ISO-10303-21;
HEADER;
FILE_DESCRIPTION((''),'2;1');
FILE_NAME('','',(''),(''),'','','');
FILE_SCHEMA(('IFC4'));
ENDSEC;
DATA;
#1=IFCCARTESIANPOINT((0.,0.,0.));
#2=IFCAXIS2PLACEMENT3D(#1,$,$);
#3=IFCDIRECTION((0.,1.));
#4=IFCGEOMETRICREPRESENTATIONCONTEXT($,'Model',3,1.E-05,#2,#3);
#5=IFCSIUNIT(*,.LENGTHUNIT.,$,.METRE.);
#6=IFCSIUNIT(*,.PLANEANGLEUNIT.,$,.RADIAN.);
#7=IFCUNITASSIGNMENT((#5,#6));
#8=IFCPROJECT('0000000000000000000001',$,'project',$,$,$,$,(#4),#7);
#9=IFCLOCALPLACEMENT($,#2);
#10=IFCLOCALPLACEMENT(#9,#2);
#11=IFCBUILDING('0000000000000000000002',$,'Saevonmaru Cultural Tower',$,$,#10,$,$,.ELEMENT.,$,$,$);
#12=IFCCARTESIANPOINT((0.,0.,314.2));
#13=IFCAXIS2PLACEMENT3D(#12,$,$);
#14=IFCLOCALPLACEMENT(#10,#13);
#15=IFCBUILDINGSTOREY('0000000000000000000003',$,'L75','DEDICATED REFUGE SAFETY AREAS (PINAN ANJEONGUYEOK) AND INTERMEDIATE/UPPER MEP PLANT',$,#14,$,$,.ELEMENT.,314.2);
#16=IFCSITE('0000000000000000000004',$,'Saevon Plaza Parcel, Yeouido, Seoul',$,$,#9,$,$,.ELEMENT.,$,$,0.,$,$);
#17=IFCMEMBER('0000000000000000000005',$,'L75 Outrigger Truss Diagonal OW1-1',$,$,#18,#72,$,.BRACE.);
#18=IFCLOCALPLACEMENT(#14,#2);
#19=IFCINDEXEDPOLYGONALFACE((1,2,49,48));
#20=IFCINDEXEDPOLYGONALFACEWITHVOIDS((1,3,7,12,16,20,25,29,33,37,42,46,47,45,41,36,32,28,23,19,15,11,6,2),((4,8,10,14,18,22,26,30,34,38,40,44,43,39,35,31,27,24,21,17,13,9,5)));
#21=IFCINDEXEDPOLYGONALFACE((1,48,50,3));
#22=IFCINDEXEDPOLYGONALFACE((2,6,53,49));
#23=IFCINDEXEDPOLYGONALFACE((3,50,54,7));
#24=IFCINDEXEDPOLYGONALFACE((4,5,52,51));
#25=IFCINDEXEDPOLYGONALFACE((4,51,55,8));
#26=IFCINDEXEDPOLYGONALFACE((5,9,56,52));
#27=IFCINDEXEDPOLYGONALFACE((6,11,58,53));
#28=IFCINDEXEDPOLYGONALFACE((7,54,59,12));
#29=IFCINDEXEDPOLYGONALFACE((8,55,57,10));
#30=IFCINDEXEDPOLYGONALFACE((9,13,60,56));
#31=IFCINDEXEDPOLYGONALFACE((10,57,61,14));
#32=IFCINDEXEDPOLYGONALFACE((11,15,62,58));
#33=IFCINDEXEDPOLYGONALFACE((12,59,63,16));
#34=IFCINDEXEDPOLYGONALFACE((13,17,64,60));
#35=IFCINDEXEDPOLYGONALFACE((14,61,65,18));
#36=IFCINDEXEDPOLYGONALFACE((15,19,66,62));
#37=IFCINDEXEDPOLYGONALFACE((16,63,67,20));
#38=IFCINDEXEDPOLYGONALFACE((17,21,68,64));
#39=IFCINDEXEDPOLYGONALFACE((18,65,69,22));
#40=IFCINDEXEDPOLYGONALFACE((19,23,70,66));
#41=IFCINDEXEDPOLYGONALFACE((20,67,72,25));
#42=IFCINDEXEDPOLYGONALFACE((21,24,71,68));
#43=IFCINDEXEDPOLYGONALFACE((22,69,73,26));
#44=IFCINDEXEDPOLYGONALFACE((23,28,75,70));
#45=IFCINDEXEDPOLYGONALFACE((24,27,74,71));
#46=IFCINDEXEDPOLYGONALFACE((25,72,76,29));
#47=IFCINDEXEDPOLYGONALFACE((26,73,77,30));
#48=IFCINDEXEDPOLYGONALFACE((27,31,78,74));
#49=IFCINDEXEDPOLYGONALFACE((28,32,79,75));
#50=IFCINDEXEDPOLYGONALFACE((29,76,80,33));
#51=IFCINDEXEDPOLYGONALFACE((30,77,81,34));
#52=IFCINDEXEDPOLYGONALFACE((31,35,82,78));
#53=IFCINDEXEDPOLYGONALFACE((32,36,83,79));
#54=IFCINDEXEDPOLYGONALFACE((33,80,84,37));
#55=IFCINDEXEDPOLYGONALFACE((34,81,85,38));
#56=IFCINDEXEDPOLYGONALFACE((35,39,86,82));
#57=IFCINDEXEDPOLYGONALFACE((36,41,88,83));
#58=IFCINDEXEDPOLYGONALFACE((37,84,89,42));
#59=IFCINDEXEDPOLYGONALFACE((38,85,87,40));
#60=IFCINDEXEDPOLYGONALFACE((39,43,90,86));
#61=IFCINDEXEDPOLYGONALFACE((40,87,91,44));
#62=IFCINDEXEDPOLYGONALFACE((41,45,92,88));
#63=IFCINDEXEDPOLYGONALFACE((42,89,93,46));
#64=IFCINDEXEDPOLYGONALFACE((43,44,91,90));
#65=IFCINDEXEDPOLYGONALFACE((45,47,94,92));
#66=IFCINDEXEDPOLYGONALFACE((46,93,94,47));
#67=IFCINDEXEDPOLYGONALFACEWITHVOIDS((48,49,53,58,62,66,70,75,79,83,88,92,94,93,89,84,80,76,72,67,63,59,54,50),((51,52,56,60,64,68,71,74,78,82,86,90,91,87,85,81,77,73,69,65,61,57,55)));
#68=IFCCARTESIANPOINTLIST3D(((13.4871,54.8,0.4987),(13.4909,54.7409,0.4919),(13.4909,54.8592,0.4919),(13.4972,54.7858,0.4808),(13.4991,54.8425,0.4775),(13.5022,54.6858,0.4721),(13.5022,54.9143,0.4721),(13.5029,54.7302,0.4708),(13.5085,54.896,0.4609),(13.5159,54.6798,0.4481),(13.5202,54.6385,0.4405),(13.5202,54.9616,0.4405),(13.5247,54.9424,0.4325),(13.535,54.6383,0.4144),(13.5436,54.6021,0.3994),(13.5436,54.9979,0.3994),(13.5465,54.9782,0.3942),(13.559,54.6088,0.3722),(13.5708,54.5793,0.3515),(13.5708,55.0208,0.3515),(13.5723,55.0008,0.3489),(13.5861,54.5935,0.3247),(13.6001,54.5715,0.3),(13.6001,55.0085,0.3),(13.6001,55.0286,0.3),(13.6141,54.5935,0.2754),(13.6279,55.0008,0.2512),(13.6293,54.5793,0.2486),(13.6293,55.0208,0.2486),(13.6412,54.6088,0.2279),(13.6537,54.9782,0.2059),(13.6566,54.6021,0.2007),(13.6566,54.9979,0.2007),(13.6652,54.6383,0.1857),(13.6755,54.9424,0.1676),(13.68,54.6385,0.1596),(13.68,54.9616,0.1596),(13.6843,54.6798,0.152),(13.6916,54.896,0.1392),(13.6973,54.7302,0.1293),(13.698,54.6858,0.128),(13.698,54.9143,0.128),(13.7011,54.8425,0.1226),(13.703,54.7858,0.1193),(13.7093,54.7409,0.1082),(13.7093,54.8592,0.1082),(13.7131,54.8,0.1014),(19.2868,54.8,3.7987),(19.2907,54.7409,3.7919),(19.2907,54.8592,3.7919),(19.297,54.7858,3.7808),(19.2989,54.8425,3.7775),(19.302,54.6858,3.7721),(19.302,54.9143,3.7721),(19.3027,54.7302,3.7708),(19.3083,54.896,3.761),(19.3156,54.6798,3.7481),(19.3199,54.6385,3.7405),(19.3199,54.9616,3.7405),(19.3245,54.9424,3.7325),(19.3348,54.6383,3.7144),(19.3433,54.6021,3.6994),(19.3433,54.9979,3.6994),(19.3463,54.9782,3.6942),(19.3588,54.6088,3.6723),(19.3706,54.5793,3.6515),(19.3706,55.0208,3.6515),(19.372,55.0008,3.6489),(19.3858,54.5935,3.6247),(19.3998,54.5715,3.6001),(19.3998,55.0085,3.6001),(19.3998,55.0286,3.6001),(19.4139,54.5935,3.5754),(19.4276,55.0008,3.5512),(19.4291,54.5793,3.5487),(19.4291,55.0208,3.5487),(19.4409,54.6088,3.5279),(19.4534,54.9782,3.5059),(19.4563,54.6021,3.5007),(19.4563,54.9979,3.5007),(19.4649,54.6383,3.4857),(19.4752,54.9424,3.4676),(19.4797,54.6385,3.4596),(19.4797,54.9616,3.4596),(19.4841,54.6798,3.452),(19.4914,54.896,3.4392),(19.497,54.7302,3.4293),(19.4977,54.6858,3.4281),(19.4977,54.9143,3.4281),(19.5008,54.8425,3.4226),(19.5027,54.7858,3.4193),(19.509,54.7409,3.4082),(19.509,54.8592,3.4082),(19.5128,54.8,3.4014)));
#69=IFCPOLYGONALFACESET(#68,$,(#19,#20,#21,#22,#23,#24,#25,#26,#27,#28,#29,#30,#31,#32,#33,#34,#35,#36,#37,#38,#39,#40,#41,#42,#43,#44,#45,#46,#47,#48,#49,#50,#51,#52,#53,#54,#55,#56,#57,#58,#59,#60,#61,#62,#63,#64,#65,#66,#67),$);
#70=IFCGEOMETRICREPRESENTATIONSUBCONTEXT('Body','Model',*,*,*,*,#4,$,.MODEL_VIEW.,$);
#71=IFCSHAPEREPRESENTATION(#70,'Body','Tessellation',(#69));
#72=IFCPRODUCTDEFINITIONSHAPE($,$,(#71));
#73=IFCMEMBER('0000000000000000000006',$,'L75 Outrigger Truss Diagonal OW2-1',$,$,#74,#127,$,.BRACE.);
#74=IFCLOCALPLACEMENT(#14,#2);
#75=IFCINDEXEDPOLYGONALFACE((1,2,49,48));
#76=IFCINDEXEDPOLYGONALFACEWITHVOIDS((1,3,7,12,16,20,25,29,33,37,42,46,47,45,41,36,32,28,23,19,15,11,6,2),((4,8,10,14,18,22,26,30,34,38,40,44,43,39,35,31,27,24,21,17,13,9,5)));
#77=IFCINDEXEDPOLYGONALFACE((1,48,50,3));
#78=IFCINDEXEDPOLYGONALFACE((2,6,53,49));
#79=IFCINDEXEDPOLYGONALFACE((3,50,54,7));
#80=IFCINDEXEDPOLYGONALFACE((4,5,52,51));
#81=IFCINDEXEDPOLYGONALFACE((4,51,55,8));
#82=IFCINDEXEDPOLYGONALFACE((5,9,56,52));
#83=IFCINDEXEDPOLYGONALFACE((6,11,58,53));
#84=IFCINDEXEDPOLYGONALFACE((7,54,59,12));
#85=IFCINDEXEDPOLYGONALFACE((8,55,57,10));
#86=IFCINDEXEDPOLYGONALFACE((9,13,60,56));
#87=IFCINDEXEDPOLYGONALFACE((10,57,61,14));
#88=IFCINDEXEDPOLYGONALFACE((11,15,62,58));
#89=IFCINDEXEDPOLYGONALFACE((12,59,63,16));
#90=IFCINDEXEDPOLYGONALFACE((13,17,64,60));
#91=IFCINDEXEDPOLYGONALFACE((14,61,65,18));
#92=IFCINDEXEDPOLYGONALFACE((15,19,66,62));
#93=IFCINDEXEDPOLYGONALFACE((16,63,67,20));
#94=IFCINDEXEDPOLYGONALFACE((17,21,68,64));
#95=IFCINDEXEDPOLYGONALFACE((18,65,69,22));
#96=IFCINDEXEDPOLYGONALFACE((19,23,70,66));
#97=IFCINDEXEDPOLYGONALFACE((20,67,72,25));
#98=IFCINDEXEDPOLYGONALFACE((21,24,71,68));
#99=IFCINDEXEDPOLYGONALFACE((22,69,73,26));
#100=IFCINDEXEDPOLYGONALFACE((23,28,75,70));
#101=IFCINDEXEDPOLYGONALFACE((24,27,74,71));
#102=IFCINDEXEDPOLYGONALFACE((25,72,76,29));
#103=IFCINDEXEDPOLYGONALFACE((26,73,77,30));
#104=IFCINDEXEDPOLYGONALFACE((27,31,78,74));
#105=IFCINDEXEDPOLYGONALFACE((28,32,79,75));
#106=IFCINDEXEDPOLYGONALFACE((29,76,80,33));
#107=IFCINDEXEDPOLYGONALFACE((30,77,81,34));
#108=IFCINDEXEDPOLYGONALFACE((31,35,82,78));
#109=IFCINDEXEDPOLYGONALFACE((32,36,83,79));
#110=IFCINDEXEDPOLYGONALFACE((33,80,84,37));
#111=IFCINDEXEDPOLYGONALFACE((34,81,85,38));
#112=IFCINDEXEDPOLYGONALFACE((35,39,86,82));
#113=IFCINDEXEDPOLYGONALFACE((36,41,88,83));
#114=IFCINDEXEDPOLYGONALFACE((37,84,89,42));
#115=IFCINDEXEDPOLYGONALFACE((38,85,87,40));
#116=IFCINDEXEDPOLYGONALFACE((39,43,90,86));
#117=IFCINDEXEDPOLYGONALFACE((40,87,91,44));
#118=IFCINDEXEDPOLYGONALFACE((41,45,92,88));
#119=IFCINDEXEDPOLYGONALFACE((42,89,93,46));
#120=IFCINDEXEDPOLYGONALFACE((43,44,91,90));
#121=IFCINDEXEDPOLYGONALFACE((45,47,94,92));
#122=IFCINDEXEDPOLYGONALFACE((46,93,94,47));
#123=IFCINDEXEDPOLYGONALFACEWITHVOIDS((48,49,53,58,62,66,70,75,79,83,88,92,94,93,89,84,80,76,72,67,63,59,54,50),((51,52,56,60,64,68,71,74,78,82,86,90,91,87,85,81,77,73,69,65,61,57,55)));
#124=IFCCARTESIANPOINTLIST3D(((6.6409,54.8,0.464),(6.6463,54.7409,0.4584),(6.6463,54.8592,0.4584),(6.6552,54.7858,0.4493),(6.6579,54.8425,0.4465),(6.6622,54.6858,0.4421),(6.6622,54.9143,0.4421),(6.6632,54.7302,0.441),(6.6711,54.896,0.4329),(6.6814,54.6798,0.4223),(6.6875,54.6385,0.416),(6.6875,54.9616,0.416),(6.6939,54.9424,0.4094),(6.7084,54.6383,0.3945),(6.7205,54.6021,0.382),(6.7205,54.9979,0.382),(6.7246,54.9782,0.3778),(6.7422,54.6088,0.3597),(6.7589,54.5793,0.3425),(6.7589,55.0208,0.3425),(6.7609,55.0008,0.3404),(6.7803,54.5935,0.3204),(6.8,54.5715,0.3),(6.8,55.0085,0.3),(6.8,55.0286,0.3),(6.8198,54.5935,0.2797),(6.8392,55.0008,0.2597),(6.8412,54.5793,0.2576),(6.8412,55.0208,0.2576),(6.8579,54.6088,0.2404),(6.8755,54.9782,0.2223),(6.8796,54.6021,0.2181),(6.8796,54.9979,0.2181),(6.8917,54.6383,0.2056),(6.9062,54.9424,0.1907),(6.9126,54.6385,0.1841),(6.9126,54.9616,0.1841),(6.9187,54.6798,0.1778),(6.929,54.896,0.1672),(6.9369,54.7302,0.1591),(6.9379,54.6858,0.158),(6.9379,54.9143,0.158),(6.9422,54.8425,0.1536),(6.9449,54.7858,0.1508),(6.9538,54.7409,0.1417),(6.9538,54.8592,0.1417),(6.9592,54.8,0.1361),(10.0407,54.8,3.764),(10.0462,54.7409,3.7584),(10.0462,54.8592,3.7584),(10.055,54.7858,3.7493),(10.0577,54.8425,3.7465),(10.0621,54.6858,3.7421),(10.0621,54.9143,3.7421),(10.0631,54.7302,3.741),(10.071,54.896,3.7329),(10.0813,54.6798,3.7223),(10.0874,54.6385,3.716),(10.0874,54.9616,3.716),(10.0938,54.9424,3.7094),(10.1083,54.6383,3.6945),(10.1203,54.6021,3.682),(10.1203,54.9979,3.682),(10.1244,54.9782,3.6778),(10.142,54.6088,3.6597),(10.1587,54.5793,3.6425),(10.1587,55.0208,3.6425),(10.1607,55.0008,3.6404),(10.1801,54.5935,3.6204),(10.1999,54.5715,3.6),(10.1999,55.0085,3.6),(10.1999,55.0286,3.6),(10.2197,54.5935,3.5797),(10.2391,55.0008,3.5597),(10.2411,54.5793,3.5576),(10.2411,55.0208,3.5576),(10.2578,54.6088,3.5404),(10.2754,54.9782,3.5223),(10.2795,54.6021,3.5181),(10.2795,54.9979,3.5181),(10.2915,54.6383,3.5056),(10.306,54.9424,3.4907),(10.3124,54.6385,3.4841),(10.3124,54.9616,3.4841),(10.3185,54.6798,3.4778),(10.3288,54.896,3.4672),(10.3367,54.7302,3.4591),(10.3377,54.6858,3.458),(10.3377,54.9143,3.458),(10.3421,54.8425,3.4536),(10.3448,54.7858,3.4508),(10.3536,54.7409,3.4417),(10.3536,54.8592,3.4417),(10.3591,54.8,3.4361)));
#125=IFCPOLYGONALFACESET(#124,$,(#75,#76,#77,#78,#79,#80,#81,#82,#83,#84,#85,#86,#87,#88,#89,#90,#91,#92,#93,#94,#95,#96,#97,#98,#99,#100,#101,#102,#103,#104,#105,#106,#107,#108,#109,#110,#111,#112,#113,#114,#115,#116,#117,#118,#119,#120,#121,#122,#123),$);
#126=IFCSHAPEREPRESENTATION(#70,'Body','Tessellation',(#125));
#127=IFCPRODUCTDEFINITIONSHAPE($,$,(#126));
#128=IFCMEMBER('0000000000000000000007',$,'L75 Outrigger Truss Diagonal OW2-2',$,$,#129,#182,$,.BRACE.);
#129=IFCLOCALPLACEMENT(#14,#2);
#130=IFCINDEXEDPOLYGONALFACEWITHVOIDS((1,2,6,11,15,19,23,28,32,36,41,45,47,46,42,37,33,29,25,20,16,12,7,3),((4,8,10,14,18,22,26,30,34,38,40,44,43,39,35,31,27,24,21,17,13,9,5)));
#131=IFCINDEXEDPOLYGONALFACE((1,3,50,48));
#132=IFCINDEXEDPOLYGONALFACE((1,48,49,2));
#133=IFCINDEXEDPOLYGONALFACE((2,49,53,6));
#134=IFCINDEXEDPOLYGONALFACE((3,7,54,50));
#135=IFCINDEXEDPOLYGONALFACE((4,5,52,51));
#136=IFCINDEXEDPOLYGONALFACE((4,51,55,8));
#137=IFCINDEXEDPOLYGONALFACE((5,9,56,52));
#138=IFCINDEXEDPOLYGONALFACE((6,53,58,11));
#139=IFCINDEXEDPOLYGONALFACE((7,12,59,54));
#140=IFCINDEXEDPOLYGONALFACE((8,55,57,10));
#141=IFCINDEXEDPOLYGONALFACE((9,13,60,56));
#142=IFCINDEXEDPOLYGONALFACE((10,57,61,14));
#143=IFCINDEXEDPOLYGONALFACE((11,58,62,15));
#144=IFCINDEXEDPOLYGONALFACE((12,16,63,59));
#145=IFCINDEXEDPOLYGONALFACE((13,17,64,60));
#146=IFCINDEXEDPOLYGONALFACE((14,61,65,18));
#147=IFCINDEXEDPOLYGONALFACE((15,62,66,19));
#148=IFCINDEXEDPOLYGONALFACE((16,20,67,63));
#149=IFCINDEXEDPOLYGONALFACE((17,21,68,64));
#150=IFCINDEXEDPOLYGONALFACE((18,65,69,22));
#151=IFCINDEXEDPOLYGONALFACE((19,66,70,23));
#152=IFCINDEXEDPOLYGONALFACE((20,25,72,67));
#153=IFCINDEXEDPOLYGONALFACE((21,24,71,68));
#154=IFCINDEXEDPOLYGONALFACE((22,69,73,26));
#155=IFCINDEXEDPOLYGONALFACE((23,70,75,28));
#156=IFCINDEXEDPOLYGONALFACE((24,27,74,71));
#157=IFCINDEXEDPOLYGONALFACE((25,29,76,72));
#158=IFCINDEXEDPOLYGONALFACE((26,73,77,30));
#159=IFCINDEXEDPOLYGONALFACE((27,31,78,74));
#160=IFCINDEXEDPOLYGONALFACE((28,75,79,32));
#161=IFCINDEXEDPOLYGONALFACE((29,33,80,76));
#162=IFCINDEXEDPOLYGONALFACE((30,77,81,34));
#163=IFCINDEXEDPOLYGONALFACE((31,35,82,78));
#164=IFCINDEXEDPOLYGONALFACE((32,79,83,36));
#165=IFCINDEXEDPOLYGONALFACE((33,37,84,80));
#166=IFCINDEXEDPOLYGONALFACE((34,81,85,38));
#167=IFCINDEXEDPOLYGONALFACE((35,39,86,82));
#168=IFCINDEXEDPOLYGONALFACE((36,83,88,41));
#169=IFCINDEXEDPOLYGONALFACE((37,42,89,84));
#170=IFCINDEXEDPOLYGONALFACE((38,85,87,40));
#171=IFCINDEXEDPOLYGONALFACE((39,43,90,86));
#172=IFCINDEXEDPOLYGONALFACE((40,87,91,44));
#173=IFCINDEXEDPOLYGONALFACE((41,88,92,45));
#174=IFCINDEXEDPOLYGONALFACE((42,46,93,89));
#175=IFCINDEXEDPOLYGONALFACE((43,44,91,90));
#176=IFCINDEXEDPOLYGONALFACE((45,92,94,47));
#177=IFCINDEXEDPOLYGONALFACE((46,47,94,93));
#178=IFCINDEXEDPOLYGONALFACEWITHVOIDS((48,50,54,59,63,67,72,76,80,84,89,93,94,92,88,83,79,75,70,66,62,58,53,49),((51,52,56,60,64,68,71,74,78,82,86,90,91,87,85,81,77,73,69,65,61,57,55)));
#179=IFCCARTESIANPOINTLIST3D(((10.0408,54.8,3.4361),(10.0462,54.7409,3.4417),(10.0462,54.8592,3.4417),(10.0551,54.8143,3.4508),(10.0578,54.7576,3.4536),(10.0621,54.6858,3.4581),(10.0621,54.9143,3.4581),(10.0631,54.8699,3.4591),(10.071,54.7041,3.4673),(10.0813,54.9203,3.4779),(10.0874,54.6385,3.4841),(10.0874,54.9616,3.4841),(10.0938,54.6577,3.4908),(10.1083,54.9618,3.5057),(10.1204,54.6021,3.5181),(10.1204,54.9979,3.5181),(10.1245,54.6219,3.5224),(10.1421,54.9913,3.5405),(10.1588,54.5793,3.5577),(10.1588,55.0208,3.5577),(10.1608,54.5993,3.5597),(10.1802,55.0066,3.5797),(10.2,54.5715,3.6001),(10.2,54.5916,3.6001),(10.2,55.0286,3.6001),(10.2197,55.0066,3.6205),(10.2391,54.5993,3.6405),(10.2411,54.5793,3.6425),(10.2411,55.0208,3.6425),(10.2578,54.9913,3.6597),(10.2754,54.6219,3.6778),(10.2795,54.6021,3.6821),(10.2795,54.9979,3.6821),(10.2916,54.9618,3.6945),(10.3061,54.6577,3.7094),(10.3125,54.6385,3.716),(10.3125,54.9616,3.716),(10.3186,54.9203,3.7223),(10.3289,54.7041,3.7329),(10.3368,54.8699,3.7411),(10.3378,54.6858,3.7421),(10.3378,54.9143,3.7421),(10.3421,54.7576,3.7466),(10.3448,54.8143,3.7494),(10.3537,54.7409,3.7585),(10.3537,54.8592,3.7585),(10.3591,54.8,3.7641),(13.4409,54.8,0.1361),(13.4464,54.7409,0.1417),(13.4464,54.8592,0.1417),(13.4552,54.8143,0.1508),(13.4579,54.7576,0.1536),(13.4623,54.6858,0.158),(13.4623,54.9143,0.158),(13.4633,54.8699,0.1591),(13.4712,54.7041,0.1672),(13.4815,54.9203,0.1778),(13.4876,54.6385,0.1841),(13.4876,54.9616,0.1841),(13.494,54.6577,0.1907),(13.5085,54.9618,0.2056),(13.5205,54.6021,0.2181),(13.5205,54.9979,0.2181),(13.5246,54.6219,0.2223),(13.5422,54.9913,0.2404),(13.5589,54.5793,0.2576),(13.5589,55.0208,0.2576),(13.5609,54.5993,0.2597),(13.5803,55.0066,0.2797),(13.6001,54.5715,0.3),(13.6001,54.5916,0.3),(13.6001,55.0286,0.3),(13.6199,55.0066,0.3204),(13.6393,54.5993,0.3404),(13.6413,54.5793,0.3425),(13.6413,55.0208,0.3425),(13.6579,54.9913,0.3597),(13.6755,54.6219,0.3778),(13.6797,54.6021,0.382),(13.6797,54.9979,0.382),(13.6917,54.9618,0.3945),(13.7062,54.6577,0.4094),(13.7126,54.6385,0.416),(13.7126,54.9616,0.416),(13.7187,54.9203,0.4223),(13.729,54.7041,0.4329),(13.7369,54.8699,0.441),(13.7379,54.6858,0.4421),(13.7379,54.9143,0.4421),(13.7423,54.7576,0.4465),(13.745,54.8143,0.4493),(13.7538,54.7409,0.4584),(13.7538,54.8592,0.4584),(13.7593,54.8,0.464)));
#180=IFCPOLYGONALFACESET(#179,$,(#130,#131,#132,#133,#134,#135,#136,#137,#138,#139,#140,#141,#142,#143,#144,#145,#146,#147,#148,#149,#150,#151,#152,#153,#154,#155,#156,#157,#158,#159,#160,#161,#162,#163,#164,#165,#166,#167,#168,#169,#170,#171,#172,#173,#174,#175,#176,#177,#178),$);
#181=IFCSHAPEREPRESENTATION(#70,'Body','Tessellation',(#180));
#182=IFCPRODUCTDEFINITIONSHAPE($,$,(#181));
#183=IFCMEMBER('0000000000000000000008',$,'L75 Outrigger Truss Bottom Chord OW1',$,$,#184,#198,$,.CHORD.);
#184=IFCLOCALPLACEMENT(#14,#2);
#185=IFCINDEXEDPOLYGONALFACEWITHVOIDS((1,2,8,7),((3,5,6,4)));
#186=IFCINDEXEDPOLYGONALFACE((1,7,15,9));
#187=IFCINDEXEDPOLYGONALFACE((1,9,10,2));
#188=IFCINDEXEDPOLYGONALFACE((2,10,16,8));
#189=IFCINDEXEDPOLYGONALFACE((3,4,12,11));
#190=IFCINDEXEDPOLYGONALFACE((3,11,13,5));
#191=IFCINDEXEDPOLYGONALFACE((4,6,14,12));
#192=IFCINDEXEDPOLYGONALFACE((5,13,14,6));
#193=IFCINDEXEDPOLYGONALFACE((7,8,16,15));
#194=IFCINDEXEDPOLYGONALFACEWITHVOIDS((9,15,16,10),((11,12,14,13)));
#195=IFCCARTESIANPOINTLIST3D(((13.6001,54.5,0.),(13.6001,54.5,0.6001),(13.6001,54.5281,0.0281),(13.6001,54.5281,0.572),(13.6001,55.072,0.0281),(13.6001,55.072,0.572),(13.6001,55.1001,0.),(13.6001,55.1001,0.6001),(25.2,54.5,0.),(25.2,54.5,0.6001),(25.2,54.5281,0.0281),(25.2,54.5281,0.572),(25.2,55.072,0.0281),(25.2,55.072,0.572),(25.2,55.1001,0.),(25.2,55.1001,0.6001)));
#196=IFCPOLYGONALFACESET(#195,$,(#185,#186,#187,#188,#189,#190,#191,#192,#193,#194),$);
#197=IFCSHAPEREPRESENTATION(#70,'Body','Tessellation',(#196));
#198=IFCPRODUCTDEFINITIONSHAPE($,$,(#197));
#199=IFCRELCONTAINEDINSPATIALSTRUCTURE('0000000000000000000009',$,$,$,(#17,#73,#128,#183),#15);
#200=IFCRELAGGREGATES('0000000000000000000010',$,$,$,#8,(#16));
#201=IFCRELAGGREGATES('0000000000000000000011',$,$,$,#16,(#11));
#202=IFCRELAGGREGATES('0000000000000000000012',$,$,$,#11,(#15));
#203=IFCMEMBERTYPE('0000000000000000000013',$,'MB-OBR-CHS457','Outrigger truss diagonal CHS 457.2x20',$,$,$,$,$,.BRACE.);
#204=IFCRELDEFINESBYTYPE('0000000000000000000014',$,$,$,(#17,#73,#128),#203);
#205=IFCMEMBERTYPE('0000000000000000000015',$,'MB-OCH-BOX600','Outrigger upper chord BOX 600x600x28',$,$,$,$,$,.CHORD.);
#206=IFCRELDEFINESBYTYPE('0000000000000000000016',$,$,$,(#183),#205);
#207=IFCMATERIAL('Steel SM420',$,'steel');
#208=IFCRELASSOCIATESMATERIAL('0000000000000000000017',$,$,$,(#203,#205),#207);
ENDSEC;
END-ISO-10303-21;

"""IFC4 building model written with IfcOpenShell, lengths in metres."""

from ifc_helpers import new_model, si_unit, direction, frame, origin, origin_2d, place, context, subcontext, project, spatial, hollow_rectangle, hollow_circle, extrude, material, material_profile, profile_set, type_object, element, save


model = new_model("IFC4")

# Units and contexts
model_context = context("Model", 3, precision=1e-05, world=origin(), true_north=direction((0.0, 1.0)))
body_context = subcontext(model_context, "Body", "Model", "MODEL_VIEW")
ifc_project = project(units=[si_unit("LENGTHUNIT", "METRE"), si_unit("PLANEANGLEUNIT", "RADIAN")], contexts=[model_context])

# Site, building, storey
site_placement = place(None, origin())
site = spatial("IfcSite", under=ifc_project, at=site_placement, Name="Saevon Plaza Parcel, Yeouido, Seoul", CompositionType="ELEMENT", RefElevation=0.0)
building_placement = place(site_placement, origin())
building = spatial("IfcBuilding", under=site, at=building_placement, Name="Saevonmaru Cultural Tower", CompositionType="ELEMENT")
storey_placement = place(building_placement, frame((0.0, 0.0, 314.2)))
storey = spatial("IfcBuildingStorey", under=building, at=storey_placement, Name="L75", Description="DEDICATED REFUGE SAFETY AREAS (PINAN ANJEONGUYEOK) AND INTERMEDIATE/UPPER MEP PLANT", CompositionType="ELEMENT", Elevation=314.2)

# Members
ifc_material_1 = material(Name="Steel SM420", Category="steel")
ifc_material_profile_1 = material_profile(ifc_material_1, hollow_circle(Radius=0.2285, WallThickness=0.02, at=origin_2d()), Name="CHS-457.2x20")
ifc_profile_set_1 = profile_set([ifc_material_profile_1], Name="Steel SM420")
member_type_1 = type_object("IfcMemberType", Name="MB-OBR-CHS457", Description="Outrigger truss diagonal CHS 457.2x20", PredefinedType="BRACE", material=ifc_profile_set_1)
member_1_placement = place(storey_placement, frame((13.6001, 54.8, 0.3), z_axis=(0.869154, 0.0, 0.494542), x_axis=(0.0, 1.0, 0.0)))
element("IfcMember", 1, at=member_1_placement, inside=storey, type_object=member_type_1, Name="L75 Outrigger Truss Diagonal OW1-1", PredefinedType="BRACE", context=body_context, shape_type="SweptSolid", body=[
    extrude(hollow_circle(Radius=0.2285, WallThickness=0.02, at=origin_2d()), origin(), (0.0, 0.0, 1.0), 6.6729),
])
member_2_placement = place(storey_placement, frame((6.8, 54.8, 0.3), z_axis=(0.717566, 0.0, 0.696491), x_axis=(0.0, 1.0, 0.0)))
element("IfcMember", 2, at=member_2_placement, inside=storey, type_object=member_type_1, Name="L75 Outrigger Truss Diagonal OW2-1", PredefinedType="BRACE", context=body_context, shape_type="SweptSolid", body=[
    extrude(hollow_circle(Radius=0.2285, WallThickness=0.02, at=origin_2d()), origin(), (0.0, 0.0, 1.0), 4.738),
])
member_3_placement = place(storey_placement, frame((13.6001, 54.8, 0.3), z_axis=(-0.717591, 0.0, 0.696465), x_axis=(0.0, -1.0, 0.0)))
element("IfcMember", 3, at=member_3_placement, inside=storey, type_object=member_type_1, Name="L75 Outrigger Truss Diagonal OW2-2", PredefinedType="BRACE", context=body_context, shape_type="SweptSolid", body=[
    extrude(hollow_circle(Radius=0.2285, WallThickness=0.02, at=origin_2d()), origin(), (0.0, 0.0, 1.0), 4.7383),
])
ifc_material_profile_2 = material_profile(ifc_material_1, hollow_rectangle(XDim=0.6001, YDim=0.6001, WallThickness=0.0281, at=origin_2d()), Name="BOX-600x600x28")
ifc_profile_set_2 = profile_set([ifc_material_profile_2], Name="Steel SM420")
member_type_2 = type_object("IfcMemberType", Name="MB-OCH-BOX600", Description="Outrigger upper chord BOX 600x600x28", PredefinedType="CHORD", material=ifc_profile_set_2)
for number, where, z_axis, x_axis, name in (
    (4, (13.6001, 54.8, 0.3), (1.0, 0.0, 0.0), (0.0, 1.0, 0.0), "L75 Outrigger Truss Bottom Chord OW1"),
):
    element("IfcMember", number, at=place(storey_placement, frame(where, z_axis=z_axis, x_axis=x_axis)), inside=storey, type_object=member_type_2, Name=name, PredefinedType="CHORD", context=body_context, shape_type="SweptSolid", body=[
        extrude(hollow_rectangle(XDim=0.6001, YDim=0.6001, WallThickness=0.0281, at=origin_2d()), origin(), (0.0, 0.0, 1.0), 11.5999),
    ])

save(model, "model.ifc")
